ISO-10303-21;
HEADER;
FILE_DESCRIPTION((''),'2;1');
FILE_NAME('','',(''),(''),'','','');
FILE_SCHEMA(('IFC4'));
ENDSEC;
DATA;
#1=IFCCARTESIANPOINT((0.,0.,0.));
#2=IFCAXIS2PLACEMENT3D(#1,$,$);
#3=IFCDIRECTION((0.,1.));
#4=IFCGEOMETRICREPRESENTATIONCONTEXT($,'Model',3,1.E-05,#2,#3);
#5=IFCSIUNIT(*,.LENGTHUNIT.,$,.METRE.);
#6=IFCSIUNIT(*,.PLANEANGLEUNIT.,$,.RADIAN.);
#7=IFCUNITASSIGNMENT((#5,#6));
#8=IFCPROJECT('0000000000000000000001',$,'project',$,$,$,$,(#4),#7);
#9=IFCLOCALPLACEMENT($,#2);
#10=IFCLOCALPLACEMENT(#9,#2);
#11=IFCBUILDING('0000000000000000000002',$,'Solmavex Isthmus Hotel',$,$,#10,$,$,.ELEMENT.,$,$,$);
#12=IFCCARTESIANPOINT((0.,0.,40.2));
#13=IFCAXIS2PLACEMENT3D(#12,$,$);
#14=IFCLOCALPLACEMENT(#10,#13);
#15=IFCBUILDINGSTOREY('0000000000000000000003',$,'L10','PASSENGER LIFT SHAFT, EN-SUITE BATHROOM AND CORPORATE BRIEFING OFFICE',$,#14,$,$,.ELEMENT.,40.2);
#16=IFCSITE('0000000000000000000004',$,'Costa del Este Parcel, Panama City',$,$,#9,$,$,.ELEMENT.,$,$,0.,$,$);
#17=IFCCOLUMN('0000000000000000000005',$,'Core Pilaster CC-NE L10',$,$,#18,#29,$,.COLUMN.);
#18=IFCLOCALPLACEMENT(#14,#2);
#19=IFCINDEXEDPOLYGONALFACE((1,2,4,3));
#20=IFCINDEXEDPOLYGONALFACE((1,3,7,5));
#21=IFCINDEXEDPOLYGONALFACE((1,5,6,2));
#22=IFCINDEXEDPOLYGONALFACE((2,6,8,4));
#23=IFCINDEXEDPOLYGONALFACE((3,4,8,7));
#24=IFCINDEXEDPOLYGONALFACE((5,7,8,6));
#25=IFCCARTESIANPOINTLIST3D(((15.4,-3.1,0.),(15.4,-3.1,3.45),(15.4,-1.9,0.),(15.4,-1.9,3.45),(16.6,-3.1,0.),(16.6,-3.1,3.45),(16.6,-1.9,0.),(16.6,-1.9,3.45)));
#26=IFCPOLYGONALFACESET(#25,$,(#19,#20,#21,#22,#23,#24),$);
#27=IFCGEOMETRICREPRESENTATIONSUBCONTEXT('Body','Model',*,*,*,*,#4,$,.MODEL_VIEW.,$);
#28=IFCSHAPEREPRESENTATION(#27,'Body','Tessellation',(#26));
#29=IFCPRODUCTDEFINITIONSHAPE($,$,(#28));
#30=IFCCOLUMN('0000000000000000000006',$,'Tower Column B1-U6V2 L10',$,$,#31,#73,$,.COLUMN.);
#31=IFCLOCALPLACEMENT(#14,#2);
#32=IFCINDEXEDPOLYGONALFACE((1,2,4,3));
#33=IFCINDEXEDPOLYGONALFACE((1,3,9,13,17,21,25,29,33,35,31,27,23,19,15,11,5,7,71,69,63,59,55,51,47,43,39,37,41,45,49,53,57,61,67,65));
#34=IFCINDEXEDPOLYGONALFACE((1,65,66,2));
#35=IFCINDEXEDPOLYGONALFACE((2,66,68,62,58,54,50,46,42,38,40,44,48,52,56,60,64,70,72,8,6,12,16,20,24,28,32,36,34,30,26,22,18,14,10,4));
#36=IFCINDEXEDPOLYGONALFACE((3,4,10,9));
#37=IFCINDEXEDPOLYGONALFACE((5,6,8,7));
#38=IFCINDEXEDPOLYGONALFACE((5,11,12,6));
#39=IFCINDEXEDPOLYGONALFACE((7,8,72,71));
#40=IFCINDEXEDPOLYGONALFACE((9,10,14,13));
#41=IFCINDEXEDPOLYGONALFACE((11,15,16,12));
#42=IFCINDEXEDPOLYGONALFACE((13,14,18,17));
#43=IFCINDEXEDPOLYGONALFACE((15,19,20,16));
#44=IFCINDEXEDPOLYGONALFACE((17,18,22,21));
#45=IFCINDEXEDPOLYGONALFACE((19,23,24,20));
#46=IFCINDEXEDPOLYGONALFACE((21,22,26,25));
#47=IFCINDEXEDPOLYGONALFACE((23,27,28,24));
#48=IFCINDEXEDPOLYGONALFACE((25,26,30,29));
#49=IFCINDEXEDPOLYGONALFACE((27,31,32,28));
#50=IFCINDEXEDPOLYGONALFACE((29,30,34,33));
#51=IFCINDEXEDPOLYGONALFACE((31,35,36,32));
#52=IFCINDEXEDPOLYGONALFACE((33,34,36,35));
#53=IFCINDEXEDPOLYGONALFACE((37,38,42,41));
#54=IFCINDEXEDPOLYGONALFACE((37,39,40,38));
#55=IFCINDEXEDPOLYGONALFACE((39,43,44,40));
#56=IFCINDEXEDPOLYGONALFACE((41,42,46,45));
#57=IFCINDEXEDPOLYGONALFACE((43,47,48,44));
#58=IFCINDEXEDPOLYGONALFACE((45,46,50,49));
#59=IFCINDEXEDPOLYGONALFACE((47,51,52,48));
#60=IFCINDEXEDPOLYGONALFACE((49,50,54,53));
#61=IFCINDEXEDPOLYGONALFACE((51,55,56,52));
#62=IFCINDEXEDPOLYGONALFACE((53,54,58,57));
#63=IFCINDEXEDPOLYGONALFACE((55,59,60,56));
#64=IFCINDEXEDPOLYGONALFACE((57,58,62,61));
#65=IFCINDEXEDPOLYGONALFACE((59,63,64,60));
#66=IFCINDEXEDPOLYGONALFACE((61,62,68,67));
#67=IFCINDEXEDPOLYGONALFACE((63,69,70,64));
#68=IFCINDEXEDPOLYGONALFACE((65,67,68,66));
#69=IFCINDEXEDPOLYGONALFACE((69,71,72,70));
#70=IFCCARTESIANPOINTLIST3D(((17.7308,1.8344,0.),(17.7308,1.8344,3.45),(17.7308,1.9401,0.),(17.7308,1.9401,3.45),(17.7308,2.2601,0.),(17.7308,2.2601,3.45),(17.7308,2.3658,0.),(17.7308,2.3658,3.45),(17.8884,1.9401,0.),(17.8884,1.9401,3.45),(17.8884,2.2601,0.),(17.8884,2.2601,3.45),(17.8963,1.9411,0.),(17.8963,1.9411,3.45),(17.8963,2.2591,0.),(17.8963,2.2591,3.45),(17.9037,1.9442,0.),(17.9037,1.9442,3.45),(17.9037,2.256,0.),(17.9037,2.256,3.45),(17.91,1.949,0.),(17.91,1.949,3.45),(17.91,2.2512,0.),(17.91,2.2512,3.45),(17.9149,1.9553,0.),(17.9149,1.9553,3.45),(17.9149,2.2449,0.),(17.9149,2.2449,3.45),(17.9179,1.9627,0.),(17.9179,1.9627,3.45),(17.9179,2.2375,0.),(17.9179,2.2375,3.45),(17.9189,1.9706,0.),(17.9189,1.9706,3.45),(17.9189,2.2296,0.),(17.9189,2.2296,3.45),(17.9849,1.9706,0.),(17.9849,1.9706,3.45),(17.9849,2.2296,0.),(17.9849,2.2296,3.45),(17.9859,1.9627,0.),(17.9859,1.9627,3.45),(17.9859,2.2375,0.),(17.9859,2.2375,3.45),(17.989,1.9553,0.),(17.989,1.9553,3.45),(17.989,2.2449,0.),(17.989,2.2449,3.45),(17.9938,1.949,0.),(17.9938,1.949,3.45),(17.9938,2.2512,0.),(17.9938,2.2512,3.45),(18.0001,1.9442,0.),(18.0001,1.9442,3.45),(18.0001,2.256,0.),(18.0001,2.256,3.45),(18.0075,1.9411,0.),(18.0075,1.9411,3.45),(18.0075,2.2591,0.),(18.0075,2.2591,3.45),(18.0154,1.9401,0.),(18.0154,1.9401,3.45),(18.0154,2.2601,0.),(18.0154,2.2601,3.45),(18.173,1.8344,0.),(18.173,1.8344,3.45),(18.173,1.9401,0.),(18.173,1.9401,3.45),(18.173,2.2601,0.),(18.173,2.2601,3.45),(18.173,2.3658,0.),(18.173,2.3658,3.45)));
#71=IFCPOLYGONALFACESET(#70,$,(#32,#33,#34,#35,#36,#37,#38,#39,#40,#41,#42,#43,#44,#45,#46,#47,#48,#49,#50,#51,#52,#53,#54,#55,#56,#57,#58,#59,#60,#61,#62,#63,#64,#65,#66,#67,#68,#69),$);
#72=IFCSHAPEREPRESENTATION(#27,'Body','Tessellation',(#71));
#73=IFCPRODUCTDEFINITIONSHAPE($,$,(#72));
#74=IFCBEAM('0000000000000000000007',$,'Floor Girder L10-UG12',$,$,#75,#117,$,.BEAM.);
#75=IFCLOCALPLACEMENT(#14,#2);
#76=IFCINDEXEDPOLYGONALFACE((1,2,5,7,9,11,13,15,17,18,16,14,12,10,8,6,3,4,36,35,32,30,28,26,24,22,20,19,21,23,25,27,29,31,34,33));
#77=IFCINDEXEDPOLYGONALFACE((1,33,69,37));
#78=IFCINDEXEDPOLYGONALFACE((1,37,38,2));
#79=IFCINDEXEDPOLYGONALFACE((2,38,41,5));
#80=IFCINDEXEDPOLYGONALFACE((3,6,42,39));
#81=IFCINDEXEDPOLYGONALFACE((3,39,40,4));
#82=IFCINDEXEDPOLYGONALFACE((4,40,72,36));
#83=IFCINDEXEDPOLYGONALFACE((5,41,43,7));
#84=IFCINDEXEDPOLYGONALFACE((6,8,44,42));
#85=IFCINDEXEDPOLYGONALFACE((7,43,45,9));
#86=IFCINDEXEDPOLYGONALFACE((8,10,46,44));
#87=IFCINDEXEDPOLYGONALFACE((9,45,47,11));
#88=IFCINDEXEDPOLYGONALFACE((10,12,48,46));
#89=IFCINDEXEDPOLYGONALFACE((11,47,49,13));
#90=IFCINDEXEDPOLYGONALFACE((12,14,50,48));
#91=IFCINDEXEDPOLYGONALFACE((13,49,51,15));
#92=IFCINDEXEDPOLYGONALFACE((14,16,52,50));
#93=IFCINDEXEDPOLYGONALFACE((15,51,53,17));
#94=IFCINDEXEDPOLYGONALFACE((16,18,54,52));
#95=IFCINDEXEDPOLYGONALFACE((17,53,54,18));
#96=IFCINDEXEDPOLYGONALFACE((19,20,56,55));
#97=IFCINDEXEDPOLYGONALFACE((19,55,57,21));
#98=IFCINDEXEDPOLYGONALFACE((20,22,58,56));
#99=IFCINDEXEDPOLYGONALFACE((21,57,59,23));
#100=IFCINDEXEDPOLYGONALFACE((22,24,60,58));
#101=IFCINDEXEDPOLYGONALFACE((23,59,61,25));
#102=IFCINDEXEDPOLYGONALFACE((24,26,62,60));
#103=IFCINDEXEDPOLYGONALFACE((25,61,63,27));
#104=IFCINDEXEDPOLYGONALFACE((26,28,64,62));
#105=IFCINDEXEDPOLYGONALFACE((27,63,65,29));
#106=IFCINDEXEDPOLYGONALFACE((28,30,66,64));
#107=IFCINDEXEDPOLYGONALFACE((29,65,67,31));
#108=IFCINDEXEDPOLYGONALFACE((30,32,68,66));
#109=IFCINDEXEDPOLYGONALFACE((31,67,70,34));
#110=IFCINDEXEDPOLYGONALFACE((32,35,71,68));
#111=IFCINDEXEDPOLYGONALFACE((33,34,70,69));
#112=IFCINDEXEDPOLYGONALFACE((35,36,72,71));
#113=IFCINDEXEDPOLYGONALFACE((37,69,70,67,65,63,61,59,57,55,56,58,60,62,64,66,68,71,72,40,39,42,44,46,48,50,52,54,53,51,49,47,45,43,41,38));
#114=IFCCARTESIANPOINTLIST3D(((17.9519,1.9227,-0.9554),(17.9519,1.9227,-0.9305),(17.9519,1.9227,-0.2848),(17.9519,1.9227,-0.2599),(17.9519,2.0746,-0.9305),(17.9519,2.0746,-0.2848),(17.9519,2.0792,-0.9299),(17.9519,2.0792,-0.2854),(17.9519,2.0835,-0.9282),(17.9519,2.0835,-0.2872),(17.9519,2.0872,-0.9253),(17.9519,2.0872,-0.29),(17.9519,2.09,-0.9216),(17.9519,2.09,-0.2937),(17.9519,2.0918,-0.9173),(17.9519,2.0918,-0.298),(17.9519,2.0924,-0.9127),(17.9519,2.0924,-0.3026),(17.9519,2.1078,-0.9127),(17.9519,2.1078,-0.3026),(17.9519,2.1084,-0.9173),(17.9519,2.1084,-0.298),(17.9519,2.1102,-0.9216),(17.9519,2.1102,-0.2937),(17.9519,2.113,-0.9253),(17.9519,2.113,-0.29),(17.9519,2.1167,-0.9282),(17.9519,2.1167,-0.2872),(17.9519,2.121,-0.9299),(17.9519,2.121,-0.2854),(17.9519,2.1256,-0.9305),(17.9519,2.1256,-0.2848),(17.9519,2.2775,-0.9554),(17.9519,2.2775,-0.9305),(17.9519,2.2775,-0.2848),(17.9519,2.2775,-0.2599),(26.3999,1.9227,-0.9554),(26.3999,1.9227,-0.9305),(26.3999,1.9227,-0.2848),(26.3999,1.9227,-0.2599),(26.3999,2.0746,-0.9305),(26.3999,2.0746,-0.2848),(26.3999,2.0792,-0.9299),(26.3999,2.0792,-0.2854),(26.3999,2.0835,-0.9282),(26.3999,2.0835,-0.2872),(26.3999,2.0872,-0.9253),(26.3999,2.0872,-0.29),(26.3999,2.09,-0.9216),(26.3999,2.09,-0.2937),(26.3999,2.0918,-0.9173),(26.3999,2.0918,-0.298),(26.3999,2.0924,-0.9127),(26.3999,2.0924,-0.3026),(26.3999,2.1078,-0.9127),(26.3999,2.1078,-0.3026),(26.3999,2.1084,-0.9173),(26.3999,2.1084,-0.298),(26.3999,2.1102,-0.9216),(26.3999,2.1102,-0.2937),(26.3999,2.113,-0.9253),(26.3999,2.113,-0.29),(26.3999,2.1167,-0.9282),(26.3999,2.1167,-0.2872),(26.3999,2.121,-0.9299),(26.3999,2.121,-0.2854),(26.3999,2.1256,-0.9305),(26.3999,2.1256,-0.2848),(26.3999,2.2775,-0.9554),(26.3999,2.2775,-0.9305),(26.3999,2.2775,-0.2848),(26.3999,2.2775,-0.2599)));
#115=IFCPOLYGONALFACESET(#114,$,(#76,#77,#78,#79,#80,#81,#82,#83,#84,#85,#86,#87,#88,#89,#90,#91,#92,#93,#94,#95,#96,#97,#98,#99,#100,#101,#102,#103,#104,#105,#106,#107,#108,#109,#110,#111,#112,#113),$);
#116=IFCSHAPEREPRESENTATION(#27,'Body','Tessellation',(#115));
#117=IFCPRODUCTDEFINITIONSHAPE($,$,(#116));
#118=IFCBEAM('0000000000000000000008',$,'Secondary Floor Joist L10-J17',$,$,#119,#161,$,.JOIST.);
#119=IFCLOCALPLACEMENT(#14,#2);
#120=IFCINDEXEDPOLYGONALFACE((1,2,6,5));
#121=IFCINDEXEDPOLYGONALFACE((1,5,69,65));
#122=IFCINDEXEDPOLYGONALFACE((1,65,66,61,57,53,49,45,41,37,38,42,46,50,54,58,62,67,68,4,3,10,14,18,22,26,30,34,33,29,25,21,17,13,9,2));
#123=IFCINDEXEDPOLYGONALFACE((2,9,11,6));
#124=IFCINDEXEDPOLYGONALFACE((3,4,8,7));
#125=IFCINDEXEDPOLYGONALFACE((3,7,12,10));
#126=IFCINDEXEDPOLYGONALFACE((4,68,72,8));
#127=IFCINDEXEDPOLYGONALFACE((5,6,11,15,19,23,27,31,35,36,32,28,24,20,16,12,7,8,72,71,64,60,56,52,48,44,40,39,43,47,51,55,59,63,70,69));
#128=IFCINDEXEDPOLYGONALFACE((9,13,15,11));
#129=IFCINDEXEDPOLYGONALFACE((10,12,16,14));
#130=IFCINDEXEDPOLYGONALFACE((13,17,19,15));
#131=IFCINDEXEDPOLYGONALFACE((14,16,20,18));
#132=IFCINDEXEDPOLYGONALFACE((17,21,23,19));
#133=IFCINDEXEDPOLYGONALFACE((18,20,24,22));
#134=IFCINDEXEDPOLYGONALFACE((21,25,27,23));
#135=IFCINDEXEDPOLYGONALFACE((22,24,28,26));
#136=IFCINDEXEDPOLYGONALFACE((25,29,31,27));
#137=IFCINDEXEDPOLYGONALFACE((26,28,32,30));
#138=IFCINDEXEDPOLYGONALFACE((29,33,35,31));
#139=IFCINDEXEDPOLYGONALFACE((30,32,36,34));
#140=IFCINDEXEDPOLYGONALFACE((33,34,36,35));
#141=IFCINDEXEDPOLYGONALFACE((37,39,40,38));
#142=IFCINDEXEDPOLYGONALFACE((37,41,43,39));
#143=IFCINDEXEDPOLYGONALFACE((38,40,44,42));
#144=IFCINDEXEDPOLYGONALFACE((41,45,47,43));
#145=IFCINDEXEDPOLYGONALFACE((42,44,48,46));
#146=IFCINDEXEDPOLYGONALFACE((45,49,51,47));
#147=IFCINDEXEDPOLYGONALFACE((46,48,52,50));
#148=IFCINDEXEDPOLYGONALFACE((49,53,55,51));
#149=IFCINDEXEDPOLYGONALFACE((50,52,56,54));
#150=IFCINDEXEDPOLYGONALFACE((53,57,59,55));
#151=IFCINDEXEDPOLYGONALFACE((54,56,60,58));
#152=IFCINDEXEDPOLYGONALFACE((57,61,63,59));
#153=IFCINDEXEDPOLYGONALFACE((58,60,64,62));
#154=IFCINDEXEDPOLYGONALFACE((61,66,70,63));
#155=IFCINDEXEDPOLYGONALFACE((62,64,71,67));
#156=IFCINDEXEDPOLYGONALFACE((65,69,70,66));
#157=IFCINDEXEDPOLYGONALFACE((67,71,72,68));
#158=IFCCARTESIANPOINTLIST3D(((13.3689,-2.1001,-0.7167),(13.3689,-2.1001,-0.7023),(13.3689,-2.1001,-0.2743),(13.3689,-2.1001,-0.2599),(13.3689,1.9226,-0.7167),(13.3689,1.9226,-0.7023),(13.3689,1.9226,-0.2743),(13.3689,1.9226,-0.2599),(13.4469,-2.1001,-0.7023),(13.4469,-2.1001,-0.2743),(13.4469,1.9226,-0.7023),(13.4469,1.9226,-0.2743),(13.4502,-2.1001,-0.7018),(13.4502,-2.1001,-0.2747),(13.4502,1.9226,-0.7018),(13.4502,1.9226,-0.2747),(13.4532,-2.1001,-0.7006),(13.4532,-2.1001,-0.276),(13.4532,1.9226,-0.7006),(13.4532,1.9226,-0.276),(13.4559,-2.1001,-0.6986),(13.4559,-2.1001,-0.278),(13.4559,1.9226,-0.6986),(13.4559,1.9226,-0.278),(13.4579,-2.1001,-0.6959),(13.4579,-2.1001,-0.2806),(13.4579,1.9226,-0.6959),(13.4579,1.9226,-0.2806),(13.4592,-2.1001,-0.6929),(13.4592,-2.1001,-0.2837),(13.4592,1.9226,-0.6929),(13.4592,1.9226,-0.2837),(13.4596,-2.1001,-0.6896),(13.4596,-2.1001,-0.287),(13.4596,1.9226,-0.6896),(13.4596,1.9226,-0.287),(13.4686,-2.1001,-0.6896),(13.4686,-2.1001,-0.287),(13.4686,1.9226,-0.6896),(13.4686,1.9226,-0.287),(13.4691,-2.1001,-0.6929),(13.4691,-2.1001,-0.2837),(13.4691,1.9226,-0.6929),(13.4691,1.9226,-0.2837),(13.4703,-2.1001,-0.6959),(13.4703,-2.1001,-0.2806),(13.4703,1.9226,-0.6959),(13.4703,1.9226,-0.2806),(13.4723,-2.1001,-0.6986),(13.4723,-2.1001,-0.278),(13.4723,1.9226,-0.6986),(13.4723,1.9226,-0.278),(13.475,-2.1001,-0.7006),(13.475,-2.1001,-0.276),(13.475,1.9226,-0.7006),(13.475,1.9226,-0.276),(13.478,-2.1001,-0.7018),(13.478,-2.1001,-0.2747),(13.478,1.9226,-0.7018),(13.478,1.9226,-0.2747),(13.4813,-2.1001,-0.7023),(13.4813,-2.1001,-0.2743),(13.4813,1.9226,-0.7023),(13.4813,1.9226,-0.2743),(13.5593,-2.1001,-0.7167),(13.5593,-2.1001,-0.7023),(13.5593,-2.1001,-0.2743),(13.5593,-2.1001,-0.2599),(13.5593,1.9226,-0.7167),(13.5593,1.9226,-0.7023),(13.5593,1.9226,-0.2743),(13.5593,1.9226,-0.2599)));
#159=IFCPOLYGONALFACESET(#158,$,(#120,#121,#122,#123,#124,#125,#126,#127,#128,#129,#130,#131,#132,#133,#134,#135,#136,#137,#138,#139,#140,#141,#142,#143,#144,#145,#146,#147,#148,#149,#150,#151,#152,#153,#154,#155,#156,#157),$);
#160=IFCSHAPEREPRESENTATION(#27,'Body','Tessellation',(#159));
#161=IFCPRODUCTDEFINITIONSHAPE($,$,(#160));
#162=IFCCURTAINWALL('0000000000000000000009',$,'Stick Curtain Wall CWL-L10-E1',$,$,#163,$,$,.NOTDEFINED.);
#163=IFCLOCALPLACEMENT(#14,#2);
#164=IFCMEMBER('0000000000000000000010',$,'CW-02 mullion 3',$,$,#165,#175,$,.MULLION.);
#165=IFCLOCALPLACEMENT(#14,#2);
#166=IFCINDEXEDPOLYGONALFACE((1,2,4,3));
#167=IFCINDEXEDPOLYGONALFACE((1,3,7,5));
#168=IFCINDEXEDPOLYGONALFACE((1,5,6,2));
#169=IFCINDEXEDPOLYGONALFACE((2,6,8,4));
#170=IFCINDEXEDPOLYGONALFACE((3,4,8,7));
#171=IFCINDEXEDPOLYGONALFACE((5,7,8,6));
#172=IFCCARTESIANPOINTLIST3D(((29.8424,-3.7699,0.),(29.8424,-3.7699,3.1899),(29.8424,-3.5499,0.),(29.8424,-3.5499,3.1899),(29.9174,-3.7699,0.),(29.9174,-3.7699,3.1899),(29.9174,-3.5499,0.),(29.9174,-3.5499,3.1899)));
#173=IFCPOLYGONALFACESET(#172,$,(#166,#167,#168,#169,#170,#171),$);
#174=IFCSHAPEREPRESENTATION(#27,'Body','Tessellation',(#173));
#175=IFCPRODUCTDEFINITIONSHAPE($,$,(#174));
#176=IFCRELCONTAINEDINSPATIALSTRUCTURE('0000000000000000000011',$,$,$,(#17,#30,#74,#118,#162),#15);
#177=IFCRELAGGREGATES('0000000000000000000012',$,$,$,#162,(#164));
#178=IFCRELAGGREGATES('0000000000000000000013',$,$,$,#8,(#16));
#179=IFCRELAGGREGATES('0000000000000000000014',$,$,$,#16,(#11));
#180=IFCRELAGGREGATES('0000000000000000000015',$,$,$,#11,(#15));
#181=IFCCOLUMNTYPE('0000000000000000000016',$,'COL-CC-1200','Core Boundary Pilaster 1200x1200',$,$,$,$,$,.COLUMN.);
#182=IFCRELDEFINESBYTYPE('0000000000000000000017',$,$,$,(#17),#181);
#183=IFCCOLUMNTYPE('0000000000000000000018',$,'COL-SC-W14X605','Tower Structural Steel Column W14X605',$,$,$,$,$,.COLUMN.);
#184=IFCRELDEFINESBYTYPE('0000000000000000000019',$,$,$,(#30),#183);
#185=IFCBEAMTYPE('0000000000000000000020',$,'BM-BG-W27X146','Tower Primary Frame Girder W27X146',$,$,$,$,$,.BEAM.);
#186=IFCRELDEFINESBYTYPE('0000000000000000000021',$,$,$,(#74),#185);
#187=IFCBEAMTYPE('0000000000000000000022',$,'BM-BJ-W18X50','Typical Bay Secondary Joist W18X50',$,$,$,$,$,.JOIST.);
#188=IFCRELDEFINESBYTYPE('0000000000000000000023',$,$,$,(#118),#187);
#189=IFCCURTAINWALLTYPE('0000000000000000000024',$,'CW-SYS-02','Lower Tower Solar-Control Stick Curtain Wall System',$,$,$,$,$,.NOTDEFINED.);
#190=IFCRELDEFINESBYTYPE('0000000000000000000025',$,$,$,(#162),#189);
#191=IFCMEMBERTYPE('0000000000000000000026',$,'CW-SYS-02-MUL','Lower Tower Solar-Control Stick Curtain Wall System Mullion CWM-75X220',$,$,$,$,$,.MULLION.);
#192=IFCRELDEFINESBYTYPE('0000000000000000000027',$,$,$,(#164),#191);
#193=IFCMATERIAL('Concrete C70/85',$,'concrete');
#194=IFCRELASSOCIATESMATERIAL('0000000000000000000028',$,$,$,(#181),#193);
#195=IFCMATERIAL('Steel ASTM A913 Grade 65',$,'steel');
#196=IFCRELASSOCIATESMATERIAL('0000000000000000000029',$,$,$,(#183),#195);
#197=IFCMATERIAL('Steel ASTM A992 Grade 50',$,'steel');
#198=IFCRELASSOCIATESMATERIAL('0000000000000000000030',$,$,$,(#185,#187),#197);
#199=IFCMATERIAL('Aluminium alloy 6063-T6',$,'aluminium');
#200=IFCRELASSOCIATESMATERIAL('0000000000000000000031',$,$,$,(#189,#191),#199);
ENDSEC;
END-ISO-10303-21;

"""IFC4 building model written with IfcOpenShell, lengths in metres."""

from ifc_helpers import new_model, si_unit, direction, frame, origin, origin_2d, place, context, subcontext, project, spatial, rectangle, i_section, extrude, material, material_profile, profile_set, type_object, element, aggregate, save


model = new_model("IFC4")

# Units and contexts
model_context = context("Model", 3, precision=1e-05, world=origin(), true_north=direction((0.0, 1.0)))
body_context = subcontext(model_context, "Body", "Model", "MODEL_VIEW")
ifc_project = project(units=[si_unit("LENGTHUNIT", "METRE"), si_unit("PLANEANGLEUNIT", "RADIAN")], contexts=[model_context])

# Site, building, storey
site_placement = place(None, origin())
site = spatial("IfcSite", under=ifc_project, at=site_placement, Name="Costa del Este Parcel, Panama City", CompositionType="ELEMENT", RefElevation=0.0)
building_placement = place(site_placement, origin())
building = spatial("IfcBuilding", under=site, at=building_placement, Name="Solmavex Isthmus Hotel", CompositionType="ELEMENT")
storey_placement = place(building_placement, frame((0.0, 0.0, 40.2)))
storey = spatial("IfcBuildingStorey", under=building, at=storey_placement, Name="L10", Description="PASSENGER LIFT SHAFT, EN-SUITE BATHROOM AND CORPORATE BRIEFING OFFICE", CompositionType="ELEMENT", Elevation=40.2)

# Columns
ifc_material_1 = material(Name="Concrete C70/85", Category="concrete")
ifc_material_profile_1 = material_profile(ifc_material_1, rectangle(XDim=1.2, YDim=1.2, at=origin_2d()), Name="RC1200X1200")
ifc_profile_set_1 = profile_set([ifc_material_profile_1], Name="Concrete C70/85")
column_type_1 = type_object("IfcColumnType", Name="COL-CC-1200", Description="Core Boundary Pilaster 1200x1200", PredefinedType="COLUMN", material=ifc_profile_set_1)
column_1_placement = place(storey_placement, frame((16.0, -2.5, 0.0), z_axis=(0.0, 0.0, 1.0), x_axis=(1.0, 0.0, 0.0)))
element("IfcColumn", 1, at=column_1_placement, inside=storey, type_object=column_type_1, Name="Core Pilaster CC-NE L10", PredefinedType="COLUMN", context=body_context, shape_type="SweptSolid", body=[
    extrude(rectangle(XDim=1.2, YDim=1.2, at=origin_2d()), origin(), (0.0, 0.0, 1.0), 3.45),
])
ifc_material_2 = material(Name="Steel ASTM A913 Grade 65", Category="steel")
ifc_material_profile_2 = material_profile(ifc_material_2, i_section(OverallWidth=0.4421, OverallDepth=0.5315, WebThickness=0.0659, FlangeThickness=0.1057, FilletRadius=0.0305, at=origin_2d()), Name="W14X605")
ifc_profile_set_2 = profile_set([ifc_material_profile_2], Name="Steel ASTM A913 Grade 65")
column_type_2 = type_object("IfcColumnType", Name="COL-SC-W14X605", Description="Tower Structural Steel Column W14X605", PredefinedType="COLUMN", material=ifc_profile_set_2)
column_2_placement = place(storey_placement, frame((17.9519, 2.1001, 0.0), z_axis=(0.0, 0.0, 1.0), x_axis=(1.0, 0.0, 0.0)))
element("IfcColumn", 2, at=column_2_placement, inside=storey, type_object=column_type_2, Name="Tower Column B1-U6V2 L10", PredefinedType="COLUMN", context=body_context, shape_type="SweptSolid", body=[
    extrude(i_section(OverallWidth=0.4421, OverallDepth=0.5315, WebThickness=0.0659, FlangeThickness=0.1057, FilletRadius=0.0305, at=origin_2d()), origin(), (0.0, 0.0, 1.0), 3.45),
])

# Beams
ifc_material_3 = material(Name="Steel ASTM A992 Grade 50", Category="steel")
ifc_material_profile_3 = material_profile(ifc_material_3, i_section(OverallWidth=0.3547, OverallDepth=0.6956, WebThickness=0.0154, FlangeThickness=0.0249, FilletRadius=0.0178, at=origin_2d()), Name="W27X146")
ifc_profile_set_3 = profile_set([ifc_material_profile_3], Name="Steel ASTM A992 Grade 50")
beam_type_1 = type_object("IfcBeamType", Name="BM-BG-W27X146", Description="Tower Primary Frame Girder W27X146", PredefinedType="BEAM", material=ifc_profile_set_3)
beam_1_placement = place(storey_placement, frame((17.9519, 2.1001, -0.6077), z_axis=(1.0, 0.0, 0.0), x_axis=(0.0, 1.0, 0.0)))
element("IfcBeam", 3, at=beam_1_placement, inside=storey, type_object=beam_type_1, Name="Floor Girder L10-UG12", PredefinedType="BEAM", context=body_context, shape_type="SweptSolid", body=[
    extrude(i_section(OverallWidth=0.3547, OverallDepth=0.6956, WebThickness=0.0154, FlangeThickness=0.0249, FilletRadius=0.0178, at=origin_2d()), origin(), (0.0, 0.0, 1.0), 8.448),
])
ifc_material_profile_4 = material_profile(ifc_material_3, i_section(OverallWidth=0.1904, OverallDepth=0.4568, WebThickness=0.009, FlangeThickness=0.0144, FilletRadius=0.0127, at=origin_2d()), Name="W18X50")
ifc_profile_set_4 = profile_set([ifc_material_profile_4], Name="Steel ASTM A992 Grade 50")
beam_type_2 = type_object("IfcBeamType", Name="BM-BJ-W18X50", Description="Typical Bay Secondary Joist W18X50", PredefinedType="JOIST", material=ifc_profile_set_4)
beam_2_placement = place(storey_placement, frame((13.4641, -2.1001, -0.4883), z_axis=(0.0, 1.0, 0.0), x_axis=(-1.0, 0.0, 0.0)))
element("IfcBeam", 4, at=beam_2_placement, inside=storey, type_object=beam_type_2, Name="Secondary Floor Joist L10-J17", PredefinedType="JOIST", context=body_context, shape_type="SweptSolid", body=[
    extrude(i_section(OverallWidth=0.1904, OverallDepth=0.4568, WebThickness=0.009, FlangeThickness=0.0144, FilletRadius=0.0127, at=origin_2d()), origin(), (0.0, 0.0, 1.0), 4.0227),
])

# Curtain wall, member
ifc_material_4 = material(Name="Aluminium alloy 6063-T6", Category="aluminium")
curtain_wall_type = type_object("IfcCurtainWallType", Name="CW-SYS-02", Description="Lower Tower Solar-Control Stick Curtain Wall System", PredefinedType="NOTDEFINED", material=ifc_material_4)
curtain_wall_placement = place(storey_placement, origin())
curtain_wall = element("IfcCurtainWall", 5, at=curtain_wall_placement, inside=storey, type_object=curtain_wall_type, Name="Stick Curtain Wall CWL-L10-E1", PredefinedType="NOTDEFINED")
ifc_material_profile_5 = material_profile(ifc_material_4, rectangle(XDim=0.075, YDim=0.22, at=origin_2d()), Name="CWM-75X220")
ifc_profile_set_5 = profile_set([ifc_material_profile_5], Name="Aluminium alloy 6063-T6")
member_type_1 = type_object("IfcMemberType", Name="CW-SYS-02-MUL", Description="Lower Tower Solar-Control Stick Curtain Wall System Mullion CWM-75X220", PredefinedType="MULLION", material=ifc_profile_set_5)
member_1_placement = place(storey_placement, frame((29.8799, -3.6599, 0.0), z_axis=(0.0, 0.0, 1.0), x_axis=(-1.0, 0.0, 0.0)))
member_1 = element("IfcMember", 6, at=member_1_placement, type_object=member_type_1, Name="CW-02 mullion 3", PredefinedType="MULLION", context=body_context, shape_type="SweptSolid", body=[
    extrude(rectangle(XDim=0.075, YDim=0.22, at=origin_2d()), origin(), (0.0, 0.0, 1.0), 3.1899),
])
aggregate(curtain_wall, [member_1])

save(model, "model.ifc")
